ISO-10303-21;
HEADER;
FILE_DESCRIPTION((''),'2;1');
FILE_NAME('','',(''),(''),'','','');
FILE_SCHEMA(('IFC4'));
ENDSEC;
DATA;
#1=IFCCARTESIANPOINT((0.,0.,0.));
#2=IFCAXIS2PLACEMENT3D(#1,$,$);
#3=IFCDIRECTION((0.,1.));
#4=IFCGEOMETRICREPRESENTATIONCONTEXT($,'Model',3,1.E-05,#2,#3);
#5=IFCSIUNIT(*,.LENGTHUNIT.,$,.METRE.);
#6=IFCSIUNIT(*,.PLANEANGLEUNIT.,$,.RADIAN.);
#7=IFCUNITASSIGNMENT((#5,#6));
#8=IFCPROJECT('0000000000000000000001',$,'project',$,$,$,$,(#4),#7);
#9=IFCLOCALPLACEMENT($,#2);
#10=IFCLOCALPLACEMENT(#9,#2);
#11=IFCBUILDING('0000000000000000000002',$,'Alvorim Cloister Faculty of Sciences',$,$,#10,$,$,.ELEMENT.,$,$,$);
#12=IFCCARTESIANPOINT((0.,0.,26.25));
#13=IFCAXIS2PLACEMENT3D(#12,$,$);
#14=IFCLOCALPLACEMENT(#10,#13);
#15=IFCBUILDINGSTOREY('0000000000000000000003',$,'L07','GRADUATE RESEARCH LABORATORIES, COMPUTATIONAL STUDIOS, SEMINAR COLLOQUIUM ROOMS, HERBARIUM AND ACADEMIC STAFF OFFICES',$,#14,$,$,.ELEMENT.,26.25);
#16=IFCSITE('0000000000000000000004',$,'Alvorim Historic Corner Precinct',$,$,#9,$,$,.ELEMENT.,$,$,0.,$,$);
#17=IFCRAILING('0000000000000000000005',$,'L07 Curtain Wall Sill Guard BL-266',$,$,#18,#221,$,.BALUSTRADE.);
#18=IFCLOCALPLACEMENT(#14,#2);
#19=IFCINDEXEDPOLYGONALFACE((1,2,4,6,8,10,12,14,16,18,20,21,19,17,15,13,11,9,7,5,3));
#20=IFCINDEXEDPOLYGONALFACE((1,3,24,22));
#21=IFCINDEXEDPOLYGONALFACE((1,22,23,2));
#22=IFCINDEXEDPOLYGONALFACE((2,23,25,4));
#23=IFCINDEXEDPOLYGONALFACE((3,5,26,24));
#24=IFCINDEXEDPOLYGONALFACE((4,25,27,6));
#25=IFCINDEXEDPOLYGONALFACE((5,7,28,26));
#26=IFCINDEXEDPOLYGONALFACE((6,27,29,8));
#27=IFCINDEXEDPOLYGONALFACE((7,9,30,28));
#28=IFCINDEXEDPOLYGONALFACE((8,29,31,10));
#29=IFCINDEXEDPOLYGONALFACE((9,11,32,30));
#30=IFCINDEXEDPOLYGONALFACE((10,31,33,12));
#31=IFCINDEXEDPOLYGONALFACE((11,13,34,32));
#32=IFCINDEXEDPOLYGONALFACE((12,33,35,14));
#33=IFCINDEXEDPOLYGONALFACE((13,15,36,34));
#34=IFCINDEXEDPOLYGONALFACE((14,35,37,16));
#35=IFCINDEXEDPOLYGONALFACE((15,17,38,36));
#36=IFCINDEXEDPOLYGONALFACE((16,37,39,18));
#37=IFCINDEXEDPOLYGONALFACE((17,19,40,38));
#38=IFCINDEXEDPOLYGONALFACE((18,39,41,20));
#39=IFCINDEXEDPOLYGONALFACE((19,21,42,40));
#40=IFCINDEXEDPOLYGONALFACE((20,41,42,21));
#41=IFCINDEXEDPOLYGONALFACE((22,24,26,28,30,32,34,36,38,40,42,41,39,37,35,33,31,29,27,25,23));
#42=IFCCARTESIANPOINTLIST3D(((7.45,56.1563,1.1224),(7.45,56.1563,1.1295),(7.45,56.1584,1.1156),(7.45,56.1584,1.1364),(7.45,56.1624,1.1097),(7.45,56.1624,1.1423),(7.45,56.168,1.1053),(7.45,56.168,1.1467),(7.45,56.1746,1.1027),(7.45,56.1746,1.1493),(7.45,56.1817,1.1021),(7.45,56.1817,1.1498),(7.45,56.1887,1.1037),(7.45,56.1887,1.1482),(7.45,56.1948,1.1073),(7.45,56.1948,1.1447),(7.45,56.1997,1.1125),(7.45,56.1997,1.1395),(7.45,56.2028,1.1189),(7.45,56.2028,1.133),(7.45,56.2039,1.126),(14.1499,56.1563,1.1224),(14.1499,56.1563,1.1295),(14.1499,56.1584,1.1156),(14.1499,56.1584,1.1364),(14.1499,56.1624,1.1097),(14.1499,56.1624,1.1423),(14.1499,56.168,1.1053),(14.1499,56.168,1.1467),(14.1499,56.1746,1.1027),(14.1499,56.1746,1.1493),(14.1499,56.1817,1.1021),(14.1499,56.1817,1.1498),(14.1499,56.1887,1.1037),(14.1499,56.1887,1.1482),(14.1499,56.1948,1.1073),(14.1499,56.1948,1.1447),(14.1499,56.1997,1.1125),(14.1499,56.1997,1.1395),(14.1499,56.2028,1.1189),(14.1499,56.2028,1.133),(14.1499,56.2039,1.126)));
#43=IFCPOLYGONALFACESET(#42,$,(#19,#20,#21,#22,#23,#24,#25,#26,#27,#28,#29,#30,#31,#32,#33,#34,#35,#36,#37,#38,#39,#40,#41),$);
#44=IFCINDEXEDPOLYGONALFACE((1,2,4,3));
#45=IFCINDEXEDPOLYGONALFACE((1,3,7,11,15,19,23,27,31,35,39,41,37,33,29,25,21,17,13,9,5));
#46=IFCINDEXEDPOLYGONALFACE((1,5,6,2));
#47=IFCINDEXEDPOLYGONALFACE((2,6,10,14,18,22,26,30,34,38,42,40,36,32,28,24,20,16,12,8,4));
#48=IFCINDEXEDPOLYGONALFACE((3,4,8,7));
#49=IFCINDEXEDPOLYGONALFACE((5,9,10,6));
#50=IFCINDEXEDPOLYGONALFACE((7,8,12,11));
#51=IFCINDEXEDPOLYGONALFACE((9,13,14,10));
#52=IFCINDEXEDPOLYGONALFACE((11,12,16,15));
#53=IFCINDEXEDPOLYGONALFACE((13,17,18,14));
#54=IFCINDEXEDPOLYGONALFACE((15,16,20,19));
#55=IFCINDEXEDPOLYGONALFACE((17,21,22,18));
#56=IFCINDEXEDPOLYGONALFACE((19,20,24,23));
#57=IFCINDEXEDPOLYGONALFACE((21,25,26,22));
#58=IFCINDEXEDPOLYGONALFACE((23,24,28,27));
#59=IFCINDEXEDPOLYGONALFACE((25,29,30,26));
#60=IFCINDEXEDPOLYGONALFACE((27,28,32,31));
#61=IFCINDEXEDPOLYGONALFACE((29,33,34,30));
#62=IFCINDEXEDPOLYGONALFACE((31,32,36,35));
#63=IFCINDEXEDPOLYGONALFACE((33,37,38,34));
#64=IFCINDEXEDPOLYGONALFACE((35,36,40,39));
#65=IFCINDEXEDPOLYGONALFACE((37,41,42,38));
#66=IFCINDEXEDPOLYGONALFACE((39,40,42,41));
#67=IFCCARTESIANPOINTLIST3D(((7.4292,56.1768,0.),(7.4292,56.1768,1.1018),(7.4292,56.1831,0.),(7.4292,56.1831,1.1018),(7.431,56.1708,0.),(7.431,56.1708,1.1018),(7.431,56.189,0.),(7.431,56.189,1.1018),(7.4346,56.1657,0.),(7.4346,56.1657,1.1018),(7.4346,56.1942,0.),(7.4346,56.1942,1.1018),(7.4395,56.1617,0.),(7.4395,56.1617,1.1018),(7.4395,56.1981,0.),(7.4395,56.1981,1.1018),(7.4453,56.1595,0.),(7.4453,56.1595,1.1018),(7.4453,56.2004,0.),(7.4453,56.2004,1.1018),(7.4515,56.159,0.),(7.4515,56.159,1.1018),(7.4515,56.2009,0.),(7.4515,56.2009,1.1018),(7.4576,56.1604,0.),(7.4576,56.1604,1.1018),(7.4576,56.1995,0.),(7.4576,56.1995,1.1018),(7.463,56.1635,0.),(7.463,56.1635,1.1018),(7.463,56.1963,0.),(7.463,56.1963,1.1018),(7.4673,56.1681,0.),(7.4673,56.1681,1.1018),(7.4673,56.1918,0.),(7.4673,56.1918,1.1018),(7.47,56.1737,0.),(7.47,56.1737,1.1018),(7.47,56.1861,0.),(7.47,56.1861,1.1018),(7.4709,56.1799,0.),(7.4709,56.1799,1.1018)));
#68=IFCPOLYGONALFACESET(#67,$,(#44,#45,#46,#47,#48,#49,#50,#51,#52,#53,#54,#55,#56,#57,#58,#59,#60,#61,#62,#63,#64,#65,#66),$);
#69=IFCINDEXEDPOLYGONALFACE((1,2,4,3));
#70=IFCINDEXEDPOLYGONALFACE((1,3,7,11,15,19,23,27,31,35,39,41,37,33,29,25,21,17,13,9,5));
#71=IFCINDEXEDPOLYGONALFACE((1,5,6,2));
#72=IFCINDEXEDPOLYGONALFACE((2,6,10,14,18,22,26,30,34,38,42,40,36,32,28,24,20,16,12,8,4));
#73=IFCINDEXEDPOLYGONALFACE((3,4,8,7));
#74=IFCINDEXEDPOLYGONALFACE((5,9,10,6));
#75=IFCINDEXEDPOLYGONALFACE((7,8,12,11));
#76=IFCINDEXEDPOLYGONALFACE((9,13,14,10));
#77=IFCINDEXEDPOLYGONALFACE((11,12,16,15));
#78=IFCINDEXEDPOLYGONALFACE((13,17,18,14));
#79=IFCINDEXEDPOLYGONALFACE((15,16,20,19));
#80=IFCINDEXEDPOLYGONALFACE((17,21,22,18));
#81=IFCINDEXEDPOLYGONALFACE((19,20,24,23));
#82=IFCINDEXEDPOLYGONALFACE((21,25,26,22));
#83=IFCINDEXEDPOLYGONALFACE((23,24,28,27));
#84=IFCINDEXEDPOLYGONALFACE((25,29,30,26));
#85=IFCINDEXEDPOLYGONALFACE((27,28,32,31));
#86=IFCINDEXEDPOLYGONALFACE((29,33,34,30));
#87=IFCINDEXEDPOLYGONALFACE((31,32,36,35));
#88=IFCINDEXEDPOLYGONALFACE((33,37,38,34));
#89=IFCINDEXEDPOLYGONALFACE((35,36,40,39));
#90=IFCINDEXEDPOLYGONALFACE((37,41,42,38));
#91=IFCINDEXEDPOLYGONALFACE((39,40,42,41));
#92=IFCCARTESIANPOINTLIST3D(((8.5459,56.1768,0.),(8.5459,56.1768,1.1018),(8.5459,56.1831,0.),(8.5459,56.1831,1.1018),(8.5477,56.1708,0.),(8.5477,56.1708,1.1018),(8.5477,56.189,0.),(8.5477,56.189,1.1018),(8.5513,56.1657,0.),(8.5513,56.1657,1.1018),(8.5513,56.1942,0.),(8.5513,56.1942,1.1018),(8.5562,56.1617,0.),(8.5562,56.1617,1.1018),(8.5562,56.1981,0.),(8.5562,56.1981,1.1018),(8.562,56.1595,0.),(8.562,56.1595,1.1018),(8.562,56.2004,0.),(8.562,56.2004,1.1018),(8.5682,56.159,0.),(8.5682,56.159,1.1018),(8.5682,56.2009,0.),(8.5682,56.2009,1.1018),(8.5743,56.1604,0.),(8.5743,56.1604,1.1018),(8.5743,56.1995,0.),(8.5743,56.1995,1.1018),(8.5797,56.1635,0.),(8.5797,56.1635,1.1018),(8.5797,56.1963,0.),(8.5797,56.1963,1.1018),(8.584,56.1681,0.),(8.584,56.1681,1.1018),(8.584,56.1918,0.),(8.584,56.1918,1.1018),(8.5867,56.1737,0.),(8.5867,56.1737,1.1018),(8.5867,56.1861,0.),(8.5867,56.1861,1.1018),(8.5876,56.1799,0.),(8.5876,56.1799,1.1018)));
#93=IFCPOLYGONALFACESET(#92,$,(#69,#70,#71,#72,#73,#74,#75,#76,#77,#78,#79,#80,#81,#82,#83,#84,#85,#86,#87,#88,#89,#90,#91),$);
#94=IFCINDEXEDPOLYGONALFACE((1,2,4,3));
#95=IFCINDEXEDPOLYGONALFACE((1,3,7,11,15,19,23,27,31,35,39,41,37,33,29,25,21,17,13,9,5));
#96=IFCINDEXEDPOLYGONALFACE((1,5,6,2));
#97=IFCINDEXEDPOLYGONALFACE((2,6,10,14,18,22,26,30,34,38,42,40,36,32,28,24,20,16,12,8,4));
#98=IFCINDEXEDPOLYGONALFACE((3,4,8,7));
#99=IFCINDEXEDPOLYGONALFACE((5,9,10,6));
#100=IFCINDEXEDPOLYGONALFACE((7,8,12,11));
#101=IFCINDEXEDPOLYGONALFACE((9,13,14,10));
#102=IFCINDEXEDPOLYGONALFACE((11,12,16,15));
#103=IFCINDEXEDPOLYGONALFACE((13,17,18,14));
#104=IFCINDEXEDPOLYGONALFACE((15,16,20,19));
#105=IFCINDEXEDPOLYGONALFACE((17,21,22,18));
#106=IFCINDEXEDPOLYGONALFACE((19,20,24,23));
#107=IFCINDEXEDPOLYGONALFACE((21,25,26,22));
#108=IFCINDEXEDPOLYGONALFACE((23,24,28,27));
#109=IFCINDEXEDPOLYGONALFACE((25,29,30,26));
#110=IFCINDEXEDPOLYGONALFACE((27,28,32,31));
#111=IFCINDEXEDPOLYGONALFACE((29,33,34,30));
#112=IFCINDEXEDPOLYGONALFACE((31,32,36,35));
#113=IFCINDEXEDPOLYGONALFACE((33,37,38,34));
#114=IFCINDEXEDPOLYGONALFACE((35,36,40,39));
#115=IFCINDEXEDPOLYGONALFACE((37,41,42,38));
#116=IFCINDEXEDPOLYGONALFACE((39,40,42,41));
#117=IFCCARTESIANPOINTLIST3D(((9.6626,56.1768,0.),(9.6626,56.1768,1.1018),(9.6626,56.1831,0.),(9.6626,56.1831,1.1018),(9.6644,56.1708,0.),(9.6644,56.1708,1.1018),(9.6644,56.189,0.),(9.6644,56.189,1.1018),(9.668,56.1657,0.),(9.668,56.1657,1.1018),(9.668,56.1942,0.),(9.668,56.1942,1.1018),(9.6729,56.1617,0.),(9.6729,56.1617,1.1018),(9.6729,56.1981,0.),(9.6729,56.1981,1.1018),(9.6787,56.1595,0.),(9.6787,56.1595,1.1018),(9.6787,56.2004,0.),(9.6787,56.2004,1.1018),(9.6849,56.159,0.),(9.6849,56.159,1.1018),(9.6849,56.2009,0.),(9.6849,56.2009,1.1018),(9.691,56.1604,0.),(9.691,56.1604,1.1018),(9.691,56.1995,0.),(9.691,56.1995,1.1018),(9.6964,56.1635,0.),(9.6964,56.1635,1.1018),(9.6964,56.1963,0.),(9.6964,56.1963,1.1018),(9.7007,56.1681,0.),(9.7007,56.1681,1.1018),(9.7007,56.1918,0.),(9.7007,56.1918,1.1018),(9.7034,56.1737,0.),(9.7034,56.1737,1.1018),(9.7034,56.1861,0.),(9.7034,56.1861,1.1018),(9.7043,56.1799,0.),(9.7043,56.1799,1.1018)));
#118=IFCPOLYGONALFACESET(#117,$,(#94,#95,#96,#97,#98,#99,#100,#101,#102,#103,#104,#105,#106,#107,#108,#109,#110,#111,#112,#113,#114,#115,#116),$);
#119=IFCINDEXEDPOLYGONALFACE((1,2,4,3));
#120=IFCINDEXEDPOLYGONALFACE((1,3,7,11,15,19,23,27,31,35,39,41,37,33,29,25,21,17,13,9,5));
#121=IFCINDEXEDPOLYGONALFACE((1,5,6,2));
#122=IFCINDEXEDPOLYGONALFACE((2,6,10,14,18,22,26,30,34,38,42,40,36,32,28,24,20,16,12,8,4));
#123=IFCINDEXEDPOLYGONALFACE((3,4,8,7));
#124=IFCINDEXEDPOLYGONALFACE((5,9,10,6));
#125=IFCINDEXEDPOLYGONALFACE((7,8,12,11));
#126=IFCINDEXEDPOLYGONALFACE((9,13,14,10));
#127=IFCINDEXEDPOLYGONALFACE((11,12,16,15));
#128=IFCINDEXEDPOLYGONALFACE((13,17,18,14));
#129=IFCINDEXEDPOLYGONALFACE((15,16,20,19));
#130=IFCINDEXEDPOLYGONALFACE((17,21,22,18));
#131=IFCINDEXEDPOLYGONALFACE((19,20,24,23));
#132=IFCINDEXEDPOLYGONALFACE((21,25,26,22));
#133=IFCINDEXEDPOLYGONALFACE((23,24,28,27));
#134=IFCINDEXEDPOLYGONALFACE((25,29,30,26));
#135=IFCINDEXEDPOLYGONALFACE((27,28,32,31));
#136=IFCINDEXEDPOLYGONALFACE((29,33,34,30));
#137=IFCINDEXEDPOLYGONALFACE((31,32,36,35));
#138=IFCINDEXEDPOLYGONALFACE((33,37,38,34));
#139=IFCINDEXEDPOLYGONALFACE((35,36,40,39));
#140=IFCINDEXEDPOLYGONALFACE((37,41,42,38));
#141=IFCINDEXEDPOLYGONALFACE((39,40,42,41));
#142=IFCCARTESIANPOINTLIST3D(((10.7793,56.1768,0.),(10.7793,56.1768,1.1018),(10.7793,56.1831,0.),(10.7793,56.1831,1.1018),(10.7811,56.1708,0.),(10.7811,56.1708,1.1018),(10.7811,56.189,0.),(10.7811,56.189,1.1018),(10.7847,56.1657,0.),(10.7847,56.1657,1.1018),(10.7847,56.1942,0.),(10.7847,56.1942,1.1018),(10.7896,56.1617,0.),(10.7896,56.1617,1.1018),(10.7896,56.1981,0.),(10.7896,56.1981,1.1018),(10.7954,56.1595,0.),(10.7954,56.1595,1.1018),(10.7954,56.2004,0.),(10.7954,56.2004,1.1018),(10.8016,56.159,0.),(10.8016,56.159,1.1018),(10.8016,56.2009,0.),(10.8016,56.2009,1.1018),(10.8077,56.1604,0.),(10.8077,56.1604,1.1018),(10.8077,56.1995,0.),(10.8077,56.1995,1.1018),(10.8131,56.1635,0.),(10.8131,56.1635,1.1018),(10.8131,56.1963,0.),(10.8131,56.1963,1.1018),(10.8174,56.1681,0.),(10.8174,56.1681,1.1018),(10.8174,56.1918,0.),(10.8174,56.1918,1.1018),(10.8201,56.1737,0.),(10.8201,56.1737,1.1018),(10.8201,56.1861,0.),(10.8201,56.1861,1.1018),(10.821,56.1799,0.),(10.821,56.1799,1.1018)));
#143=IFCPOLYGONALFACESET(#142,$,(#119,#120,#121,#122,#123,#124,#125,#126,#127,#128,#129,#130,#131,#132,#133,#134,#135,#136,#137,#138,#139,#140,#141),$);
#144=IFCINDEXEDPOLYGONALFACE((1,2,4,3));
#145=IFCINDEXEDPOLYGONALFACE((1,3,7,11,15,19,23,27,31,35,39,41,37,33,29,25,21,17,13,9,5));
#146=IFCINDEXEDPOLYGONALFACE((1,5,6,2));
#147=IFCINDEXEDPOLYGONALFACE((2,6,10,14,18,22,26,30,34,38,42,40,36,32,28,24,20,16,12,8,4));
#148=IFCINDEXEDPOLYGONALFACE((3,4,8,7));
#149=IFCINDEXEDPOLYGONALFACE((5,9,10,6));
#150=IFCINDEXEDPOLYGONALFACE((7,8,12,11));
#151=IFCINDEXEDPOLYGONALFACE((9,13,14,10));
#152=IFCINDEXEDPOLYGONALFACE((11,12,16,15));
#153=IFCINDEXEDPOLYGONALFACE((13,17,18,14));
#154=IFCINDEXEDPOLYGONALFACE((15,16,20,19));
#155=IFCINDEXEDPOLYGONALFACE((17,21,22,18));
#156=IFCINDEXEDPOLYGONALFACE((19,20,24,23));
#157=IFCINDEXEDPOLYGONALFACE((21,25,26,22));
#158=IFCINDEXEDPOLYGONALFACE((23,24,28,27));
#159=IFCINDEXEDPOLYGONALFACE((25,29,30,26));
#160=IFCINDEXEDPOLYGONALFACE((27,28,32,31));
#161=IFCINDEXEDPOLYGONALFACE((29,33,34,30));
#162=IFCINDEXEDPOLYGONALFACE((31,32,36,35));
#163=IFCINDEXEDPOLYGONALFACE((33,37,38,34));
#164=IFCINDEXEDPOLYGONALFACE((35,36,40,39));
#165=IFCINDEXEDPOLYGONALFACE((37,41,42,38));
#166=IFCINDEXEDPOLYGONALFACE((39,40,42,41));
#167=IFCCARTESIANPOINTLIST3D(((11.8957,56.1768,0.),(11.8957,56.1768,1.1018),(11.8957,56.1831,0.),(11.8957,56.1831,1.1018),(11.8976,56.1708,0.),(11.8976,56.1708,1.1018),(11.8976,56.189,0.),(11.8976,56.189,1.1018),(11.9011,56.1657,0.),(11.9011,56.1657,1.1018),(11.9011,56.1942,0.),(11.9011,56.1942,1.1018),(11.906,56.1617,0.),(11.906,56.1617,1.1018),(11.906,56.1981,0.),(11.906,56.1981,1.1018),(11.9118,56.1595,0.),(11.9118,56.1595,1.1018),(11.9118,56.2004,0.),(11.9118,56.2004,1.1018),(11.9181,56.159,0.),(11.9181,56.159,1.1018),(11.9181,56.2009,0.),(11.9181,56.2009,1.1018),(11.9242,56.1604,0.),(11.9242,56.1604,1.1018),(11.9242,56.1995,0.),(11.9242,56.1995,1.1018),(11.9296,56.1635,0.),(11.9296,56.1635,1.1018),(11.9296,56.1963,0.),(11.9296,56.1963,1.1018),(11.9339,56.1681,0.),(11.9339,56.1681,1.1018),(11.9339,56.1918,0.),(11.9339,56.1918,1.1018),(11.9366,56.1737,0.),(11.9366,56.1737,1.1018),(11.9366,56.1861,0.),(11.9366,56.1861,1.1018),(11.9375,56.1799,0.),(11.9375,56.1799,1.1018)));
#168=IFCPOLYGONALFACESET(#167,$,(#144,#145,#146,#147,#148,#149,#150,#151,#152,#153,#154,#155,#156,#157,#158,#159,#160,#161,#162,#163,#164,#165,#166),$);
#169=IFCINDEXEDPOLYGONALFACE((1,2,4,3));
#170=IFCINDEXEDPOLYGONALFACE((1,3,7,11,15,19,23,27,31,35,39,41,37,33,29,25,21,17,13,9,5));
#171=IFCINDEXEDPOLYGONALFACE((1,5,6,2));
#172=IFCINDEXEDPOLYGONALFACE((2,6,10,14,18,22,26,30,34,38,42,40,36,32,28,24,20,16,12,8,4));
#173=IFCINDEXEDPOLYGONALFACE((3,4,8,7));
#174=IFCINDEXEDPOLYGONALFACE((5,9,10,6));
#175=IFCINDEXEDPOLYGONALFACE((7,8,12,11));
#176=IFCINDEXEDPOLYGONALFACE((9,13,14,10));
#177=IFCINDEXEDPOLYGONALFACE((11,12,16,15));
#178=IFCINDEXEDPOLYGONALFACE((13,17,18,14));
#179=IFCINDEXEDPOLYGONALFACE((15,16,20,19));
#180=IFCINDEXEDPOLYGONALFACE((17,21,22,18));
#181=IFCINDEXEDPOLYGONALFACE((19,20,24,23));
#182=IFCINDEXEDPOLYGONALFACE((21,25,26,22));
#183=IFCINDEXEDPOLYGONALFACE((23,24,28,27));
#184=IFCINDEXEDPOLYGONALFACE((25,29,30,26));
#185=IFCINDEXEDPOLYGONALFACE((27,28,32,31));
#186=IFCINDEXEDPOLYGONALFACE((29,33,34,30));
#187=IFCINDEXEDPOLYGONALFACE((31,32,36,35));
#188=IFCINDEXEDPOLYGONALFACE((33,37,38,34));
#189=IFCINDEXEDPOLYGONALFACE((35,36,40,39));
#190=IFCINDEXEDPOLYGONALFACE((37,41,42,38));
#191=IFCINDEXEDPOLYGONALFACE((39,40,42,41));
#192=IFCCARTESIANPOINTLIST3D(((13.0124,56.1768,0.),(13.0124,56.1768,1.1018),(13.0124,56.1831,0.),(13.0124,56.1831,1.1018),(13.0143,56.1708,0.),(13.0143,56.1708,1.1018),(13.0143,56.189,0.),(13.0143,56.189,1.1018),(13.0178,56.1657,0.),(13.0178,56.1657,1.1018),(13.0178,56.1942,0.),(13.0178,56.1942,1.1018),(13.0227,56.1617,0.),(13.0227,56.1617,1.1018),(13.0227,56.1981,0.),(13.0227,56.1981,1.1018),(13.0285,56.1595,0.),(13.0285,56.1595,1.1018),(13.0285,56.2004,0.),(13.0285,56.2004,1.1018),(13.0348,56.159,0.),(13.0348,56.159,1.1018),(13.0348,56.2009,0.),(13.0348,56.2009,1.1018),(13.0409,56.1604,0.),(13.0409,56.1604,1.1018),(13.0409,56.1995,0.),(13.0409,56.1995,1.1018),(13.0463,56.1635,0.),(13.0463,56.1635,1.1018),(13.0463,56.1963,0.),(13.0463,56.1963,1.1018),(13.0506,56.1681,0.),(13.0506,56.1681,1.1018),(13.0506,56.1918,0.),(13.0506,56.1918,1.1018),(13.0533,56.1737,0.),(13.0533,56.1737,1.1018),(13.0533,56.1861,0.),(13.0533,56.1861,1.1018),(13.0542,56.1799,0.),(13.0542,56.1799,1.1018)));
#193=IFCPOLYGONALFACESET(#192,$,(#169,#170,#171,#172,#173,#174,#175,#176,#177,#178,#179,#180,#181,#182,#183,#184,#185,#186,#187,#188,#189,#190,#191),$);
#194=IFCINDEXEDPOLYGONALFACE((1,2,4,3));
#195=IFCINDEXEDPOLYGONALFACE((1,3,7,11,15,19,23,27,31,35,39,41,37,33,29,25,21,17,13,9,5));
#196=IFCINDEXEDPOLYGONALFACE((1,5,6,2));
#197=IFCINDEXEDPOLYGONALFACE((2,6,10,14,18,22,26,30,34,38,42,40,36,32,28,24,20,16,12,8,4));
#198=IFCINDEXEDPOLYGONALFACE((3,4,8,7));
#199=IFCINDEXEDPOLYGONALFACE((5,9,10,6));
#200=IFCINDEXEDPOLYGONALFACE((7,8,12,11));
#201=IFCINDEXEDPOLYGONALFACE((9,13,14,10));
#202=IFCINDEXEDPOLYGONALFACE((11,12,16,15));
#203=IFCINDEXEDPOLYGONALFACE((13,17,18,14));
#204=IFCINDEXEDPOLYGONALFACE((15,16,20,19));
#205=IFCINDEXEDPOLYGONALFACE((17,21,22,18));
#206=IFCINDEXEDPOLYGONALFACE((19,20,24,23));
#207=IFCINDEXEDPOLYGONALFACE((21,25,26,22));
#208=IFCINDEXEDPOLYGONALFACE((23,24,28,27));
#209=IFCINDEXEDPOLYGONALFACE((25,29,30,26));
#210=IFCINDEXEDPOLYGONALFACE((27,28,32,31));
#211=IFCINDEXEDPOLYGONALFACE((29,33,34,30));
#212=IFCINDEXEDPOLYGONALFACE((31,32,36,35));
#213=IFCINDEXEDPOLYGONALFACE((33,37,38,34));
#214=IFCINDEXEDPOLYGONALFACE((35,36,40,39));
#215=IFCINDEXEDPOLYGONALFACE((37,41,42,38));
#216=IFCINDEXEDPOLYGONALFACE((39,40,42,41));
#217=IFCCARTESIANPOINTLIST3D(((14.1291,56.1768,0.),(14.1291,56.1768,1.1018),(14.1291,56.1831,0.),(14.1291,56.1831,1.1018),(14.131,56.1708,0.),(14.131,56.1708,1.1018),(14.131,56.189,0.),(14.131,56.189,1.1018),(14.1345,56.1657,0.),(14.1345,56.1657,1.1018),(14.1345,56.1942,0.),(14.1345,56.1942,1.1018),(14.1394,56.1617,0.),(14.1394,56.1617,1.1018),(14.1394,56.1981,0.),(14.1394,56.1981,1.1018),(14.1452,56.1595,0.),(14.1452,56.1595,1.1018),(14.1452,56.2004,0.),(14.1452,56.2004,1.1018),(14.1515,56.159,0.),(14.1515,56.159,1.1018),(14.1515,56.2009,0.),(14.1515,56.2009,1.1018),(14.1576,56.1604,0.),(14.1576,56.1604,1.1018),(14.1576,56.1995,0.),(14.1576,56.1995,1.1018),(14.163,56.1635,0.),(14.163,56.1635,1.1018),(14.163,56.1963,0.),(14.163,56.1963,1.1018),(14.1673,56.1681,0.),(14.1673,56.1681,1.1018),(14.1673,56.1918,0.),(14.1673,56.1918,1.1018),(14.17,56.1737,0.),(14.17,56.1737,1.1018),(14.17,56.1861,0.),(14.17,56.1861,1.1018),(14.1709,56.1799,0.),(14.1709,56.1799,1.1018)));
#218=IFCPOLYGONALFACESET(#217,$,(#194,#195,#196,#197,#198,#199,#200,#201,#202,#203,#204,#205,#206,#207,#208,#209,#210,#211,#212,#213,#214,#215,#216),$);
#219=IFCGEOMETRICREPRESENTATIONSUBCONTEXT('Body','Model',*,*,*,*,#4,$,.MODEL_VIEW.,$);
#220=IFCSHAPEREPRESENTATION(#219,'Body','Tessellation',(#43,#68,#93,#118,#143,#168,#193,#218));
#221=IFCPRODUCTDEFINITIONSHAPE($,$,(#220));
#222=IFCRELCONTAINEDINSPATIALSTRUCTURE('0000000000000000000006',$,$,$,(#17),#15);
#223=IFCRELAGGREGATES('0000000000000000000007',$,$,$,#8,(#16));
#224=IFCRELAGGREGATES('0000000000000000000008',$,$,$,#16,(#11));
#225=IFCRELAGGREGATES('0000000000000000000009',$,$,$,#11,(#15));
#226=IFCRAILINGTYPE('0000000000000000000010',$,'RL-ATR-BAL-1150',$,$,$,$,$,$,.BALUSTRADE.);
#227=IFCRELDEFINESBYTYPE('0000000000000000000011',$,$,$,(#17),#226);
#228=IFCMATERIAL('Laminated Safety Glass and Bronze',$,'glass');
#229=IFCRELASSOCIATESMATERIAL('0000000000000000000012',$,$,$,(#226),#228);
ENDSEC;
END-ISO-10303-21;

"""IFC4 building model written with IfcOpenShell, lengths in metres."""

from ifc_helpers import new_model, si_unit, direction, frame, origin, origin_2d, place, context, subcontext, project, spatial, circle, extrude, material, type_object, element, save


model = new_model("IFC4")

# Units and contexts
model_context = context("Model", 3, precision=1e-05, world=origin(), true_north=direction((0.0, 1.0)))
body_context = subcontext(model_context, "Body", "Model", "MODEL_VIEW")
ifc_project = project(units=[si_unit("LENGTHUNIT", "METRE"), si_unit("PLANEANGLEUNIT", "RADIAN")], contexts=[model_context])

# Site, building, storey
site_placement = place(None, origin())
site = spatial("IfcSite", under=ifc_project, at=site_placement, Name="Alvorim Historic Corner Precinct", CompositionType="ELEMENT", RefElevation=0.0)
building_placement = place(site_placement, origin())
building = spatial("IfcBuilding", under=site, at=building_placement, Name="Alvorim Cloister Faculty of Sciences", CompositionType="ELEMENT")
storey_placement = place(building_placement, frame((0.0, 0.0, 26.25)))
storey = spatial("IfcBuildingStorey", under=building, at=storey_placement, Name="L07", Description="GRADUATE RESEARCH LABORATORIES, COMPUTATIONAL STUDIOS, SEMINAR COLLOQUIUM ROOMS, HERBARIUM AND ACADEMIC STAFF OFFICES", CompositionType="ELEMENT", Elevation=26.25)

# Railing
ifc_material_1 = material(Name="Laminated Safety Glass and Bronze", Category="glass")
railing_type = type_object("IfcRailingType", Name="RL-ATR-BAL-1150", PredefinedType="BALUSTRADE", material=ifc_material_1)
railing_placement = place(storey_placement, frame((7.45, 56.1799, 0.0)))
element("IfcRailing", 1, at=railing_placement, inside=storey, type_object=railing_type, Name="L07 Curtain Wall Sill Guard BL-266", PredefinedType="BALUSTRADE", context=body_context, shape_type="SweptSolid", body=[
    extrude(circle(Radius=0.0239, at=origin_2d()), frame((0.0, 0.0, 1.126), z_axis=(1.0, 0.0, 0.0), x_axis=(0.0, 1.0, 0.0)), (0.0, 0.0, 1.0), 6.7),
    extrude(circle(Radius=0.021, at=origin_2d()), origin(), (0.0, 0.0, 1.0), 1.1018),
    extrude(circle(Radius=0.021, at=origin_2d()), frame((1.1167, 0.0, 0.0)), (0.0, 0.0, 1.0), 1.1018),
    extrude(circle(Radius=0.021, at=origin_2d()), frame((2.2334, 0.0, 0.0)), (0.0, 0.0, 1.0), 1.1018),
    extrude(circle(Radius=0.021, at=origin_2d()), frame((3.3501, 0.0, 0.0)), (0.0, 0.0, 1.0), 1.1018),
    extrude(circle(Radius=0.021, at=origin_2d()), frame((4.4666, 0.0, 0.0)), (0.0, 0.0, 1.0), 1.1018),
    extrude(circle(Radius=0.021, at=origin_2d()), frame((5.5833, 0.0, 0.0)), (0.0, 0.0, 1.0), 1.1018),
    extrude(circle(Radius=0.021, at=origin_2d()), frame((6.7, 0.0, 0.0)), (0.0, 0.0, 1.0), 1.1018),
])

save(model, "model.ifc")
